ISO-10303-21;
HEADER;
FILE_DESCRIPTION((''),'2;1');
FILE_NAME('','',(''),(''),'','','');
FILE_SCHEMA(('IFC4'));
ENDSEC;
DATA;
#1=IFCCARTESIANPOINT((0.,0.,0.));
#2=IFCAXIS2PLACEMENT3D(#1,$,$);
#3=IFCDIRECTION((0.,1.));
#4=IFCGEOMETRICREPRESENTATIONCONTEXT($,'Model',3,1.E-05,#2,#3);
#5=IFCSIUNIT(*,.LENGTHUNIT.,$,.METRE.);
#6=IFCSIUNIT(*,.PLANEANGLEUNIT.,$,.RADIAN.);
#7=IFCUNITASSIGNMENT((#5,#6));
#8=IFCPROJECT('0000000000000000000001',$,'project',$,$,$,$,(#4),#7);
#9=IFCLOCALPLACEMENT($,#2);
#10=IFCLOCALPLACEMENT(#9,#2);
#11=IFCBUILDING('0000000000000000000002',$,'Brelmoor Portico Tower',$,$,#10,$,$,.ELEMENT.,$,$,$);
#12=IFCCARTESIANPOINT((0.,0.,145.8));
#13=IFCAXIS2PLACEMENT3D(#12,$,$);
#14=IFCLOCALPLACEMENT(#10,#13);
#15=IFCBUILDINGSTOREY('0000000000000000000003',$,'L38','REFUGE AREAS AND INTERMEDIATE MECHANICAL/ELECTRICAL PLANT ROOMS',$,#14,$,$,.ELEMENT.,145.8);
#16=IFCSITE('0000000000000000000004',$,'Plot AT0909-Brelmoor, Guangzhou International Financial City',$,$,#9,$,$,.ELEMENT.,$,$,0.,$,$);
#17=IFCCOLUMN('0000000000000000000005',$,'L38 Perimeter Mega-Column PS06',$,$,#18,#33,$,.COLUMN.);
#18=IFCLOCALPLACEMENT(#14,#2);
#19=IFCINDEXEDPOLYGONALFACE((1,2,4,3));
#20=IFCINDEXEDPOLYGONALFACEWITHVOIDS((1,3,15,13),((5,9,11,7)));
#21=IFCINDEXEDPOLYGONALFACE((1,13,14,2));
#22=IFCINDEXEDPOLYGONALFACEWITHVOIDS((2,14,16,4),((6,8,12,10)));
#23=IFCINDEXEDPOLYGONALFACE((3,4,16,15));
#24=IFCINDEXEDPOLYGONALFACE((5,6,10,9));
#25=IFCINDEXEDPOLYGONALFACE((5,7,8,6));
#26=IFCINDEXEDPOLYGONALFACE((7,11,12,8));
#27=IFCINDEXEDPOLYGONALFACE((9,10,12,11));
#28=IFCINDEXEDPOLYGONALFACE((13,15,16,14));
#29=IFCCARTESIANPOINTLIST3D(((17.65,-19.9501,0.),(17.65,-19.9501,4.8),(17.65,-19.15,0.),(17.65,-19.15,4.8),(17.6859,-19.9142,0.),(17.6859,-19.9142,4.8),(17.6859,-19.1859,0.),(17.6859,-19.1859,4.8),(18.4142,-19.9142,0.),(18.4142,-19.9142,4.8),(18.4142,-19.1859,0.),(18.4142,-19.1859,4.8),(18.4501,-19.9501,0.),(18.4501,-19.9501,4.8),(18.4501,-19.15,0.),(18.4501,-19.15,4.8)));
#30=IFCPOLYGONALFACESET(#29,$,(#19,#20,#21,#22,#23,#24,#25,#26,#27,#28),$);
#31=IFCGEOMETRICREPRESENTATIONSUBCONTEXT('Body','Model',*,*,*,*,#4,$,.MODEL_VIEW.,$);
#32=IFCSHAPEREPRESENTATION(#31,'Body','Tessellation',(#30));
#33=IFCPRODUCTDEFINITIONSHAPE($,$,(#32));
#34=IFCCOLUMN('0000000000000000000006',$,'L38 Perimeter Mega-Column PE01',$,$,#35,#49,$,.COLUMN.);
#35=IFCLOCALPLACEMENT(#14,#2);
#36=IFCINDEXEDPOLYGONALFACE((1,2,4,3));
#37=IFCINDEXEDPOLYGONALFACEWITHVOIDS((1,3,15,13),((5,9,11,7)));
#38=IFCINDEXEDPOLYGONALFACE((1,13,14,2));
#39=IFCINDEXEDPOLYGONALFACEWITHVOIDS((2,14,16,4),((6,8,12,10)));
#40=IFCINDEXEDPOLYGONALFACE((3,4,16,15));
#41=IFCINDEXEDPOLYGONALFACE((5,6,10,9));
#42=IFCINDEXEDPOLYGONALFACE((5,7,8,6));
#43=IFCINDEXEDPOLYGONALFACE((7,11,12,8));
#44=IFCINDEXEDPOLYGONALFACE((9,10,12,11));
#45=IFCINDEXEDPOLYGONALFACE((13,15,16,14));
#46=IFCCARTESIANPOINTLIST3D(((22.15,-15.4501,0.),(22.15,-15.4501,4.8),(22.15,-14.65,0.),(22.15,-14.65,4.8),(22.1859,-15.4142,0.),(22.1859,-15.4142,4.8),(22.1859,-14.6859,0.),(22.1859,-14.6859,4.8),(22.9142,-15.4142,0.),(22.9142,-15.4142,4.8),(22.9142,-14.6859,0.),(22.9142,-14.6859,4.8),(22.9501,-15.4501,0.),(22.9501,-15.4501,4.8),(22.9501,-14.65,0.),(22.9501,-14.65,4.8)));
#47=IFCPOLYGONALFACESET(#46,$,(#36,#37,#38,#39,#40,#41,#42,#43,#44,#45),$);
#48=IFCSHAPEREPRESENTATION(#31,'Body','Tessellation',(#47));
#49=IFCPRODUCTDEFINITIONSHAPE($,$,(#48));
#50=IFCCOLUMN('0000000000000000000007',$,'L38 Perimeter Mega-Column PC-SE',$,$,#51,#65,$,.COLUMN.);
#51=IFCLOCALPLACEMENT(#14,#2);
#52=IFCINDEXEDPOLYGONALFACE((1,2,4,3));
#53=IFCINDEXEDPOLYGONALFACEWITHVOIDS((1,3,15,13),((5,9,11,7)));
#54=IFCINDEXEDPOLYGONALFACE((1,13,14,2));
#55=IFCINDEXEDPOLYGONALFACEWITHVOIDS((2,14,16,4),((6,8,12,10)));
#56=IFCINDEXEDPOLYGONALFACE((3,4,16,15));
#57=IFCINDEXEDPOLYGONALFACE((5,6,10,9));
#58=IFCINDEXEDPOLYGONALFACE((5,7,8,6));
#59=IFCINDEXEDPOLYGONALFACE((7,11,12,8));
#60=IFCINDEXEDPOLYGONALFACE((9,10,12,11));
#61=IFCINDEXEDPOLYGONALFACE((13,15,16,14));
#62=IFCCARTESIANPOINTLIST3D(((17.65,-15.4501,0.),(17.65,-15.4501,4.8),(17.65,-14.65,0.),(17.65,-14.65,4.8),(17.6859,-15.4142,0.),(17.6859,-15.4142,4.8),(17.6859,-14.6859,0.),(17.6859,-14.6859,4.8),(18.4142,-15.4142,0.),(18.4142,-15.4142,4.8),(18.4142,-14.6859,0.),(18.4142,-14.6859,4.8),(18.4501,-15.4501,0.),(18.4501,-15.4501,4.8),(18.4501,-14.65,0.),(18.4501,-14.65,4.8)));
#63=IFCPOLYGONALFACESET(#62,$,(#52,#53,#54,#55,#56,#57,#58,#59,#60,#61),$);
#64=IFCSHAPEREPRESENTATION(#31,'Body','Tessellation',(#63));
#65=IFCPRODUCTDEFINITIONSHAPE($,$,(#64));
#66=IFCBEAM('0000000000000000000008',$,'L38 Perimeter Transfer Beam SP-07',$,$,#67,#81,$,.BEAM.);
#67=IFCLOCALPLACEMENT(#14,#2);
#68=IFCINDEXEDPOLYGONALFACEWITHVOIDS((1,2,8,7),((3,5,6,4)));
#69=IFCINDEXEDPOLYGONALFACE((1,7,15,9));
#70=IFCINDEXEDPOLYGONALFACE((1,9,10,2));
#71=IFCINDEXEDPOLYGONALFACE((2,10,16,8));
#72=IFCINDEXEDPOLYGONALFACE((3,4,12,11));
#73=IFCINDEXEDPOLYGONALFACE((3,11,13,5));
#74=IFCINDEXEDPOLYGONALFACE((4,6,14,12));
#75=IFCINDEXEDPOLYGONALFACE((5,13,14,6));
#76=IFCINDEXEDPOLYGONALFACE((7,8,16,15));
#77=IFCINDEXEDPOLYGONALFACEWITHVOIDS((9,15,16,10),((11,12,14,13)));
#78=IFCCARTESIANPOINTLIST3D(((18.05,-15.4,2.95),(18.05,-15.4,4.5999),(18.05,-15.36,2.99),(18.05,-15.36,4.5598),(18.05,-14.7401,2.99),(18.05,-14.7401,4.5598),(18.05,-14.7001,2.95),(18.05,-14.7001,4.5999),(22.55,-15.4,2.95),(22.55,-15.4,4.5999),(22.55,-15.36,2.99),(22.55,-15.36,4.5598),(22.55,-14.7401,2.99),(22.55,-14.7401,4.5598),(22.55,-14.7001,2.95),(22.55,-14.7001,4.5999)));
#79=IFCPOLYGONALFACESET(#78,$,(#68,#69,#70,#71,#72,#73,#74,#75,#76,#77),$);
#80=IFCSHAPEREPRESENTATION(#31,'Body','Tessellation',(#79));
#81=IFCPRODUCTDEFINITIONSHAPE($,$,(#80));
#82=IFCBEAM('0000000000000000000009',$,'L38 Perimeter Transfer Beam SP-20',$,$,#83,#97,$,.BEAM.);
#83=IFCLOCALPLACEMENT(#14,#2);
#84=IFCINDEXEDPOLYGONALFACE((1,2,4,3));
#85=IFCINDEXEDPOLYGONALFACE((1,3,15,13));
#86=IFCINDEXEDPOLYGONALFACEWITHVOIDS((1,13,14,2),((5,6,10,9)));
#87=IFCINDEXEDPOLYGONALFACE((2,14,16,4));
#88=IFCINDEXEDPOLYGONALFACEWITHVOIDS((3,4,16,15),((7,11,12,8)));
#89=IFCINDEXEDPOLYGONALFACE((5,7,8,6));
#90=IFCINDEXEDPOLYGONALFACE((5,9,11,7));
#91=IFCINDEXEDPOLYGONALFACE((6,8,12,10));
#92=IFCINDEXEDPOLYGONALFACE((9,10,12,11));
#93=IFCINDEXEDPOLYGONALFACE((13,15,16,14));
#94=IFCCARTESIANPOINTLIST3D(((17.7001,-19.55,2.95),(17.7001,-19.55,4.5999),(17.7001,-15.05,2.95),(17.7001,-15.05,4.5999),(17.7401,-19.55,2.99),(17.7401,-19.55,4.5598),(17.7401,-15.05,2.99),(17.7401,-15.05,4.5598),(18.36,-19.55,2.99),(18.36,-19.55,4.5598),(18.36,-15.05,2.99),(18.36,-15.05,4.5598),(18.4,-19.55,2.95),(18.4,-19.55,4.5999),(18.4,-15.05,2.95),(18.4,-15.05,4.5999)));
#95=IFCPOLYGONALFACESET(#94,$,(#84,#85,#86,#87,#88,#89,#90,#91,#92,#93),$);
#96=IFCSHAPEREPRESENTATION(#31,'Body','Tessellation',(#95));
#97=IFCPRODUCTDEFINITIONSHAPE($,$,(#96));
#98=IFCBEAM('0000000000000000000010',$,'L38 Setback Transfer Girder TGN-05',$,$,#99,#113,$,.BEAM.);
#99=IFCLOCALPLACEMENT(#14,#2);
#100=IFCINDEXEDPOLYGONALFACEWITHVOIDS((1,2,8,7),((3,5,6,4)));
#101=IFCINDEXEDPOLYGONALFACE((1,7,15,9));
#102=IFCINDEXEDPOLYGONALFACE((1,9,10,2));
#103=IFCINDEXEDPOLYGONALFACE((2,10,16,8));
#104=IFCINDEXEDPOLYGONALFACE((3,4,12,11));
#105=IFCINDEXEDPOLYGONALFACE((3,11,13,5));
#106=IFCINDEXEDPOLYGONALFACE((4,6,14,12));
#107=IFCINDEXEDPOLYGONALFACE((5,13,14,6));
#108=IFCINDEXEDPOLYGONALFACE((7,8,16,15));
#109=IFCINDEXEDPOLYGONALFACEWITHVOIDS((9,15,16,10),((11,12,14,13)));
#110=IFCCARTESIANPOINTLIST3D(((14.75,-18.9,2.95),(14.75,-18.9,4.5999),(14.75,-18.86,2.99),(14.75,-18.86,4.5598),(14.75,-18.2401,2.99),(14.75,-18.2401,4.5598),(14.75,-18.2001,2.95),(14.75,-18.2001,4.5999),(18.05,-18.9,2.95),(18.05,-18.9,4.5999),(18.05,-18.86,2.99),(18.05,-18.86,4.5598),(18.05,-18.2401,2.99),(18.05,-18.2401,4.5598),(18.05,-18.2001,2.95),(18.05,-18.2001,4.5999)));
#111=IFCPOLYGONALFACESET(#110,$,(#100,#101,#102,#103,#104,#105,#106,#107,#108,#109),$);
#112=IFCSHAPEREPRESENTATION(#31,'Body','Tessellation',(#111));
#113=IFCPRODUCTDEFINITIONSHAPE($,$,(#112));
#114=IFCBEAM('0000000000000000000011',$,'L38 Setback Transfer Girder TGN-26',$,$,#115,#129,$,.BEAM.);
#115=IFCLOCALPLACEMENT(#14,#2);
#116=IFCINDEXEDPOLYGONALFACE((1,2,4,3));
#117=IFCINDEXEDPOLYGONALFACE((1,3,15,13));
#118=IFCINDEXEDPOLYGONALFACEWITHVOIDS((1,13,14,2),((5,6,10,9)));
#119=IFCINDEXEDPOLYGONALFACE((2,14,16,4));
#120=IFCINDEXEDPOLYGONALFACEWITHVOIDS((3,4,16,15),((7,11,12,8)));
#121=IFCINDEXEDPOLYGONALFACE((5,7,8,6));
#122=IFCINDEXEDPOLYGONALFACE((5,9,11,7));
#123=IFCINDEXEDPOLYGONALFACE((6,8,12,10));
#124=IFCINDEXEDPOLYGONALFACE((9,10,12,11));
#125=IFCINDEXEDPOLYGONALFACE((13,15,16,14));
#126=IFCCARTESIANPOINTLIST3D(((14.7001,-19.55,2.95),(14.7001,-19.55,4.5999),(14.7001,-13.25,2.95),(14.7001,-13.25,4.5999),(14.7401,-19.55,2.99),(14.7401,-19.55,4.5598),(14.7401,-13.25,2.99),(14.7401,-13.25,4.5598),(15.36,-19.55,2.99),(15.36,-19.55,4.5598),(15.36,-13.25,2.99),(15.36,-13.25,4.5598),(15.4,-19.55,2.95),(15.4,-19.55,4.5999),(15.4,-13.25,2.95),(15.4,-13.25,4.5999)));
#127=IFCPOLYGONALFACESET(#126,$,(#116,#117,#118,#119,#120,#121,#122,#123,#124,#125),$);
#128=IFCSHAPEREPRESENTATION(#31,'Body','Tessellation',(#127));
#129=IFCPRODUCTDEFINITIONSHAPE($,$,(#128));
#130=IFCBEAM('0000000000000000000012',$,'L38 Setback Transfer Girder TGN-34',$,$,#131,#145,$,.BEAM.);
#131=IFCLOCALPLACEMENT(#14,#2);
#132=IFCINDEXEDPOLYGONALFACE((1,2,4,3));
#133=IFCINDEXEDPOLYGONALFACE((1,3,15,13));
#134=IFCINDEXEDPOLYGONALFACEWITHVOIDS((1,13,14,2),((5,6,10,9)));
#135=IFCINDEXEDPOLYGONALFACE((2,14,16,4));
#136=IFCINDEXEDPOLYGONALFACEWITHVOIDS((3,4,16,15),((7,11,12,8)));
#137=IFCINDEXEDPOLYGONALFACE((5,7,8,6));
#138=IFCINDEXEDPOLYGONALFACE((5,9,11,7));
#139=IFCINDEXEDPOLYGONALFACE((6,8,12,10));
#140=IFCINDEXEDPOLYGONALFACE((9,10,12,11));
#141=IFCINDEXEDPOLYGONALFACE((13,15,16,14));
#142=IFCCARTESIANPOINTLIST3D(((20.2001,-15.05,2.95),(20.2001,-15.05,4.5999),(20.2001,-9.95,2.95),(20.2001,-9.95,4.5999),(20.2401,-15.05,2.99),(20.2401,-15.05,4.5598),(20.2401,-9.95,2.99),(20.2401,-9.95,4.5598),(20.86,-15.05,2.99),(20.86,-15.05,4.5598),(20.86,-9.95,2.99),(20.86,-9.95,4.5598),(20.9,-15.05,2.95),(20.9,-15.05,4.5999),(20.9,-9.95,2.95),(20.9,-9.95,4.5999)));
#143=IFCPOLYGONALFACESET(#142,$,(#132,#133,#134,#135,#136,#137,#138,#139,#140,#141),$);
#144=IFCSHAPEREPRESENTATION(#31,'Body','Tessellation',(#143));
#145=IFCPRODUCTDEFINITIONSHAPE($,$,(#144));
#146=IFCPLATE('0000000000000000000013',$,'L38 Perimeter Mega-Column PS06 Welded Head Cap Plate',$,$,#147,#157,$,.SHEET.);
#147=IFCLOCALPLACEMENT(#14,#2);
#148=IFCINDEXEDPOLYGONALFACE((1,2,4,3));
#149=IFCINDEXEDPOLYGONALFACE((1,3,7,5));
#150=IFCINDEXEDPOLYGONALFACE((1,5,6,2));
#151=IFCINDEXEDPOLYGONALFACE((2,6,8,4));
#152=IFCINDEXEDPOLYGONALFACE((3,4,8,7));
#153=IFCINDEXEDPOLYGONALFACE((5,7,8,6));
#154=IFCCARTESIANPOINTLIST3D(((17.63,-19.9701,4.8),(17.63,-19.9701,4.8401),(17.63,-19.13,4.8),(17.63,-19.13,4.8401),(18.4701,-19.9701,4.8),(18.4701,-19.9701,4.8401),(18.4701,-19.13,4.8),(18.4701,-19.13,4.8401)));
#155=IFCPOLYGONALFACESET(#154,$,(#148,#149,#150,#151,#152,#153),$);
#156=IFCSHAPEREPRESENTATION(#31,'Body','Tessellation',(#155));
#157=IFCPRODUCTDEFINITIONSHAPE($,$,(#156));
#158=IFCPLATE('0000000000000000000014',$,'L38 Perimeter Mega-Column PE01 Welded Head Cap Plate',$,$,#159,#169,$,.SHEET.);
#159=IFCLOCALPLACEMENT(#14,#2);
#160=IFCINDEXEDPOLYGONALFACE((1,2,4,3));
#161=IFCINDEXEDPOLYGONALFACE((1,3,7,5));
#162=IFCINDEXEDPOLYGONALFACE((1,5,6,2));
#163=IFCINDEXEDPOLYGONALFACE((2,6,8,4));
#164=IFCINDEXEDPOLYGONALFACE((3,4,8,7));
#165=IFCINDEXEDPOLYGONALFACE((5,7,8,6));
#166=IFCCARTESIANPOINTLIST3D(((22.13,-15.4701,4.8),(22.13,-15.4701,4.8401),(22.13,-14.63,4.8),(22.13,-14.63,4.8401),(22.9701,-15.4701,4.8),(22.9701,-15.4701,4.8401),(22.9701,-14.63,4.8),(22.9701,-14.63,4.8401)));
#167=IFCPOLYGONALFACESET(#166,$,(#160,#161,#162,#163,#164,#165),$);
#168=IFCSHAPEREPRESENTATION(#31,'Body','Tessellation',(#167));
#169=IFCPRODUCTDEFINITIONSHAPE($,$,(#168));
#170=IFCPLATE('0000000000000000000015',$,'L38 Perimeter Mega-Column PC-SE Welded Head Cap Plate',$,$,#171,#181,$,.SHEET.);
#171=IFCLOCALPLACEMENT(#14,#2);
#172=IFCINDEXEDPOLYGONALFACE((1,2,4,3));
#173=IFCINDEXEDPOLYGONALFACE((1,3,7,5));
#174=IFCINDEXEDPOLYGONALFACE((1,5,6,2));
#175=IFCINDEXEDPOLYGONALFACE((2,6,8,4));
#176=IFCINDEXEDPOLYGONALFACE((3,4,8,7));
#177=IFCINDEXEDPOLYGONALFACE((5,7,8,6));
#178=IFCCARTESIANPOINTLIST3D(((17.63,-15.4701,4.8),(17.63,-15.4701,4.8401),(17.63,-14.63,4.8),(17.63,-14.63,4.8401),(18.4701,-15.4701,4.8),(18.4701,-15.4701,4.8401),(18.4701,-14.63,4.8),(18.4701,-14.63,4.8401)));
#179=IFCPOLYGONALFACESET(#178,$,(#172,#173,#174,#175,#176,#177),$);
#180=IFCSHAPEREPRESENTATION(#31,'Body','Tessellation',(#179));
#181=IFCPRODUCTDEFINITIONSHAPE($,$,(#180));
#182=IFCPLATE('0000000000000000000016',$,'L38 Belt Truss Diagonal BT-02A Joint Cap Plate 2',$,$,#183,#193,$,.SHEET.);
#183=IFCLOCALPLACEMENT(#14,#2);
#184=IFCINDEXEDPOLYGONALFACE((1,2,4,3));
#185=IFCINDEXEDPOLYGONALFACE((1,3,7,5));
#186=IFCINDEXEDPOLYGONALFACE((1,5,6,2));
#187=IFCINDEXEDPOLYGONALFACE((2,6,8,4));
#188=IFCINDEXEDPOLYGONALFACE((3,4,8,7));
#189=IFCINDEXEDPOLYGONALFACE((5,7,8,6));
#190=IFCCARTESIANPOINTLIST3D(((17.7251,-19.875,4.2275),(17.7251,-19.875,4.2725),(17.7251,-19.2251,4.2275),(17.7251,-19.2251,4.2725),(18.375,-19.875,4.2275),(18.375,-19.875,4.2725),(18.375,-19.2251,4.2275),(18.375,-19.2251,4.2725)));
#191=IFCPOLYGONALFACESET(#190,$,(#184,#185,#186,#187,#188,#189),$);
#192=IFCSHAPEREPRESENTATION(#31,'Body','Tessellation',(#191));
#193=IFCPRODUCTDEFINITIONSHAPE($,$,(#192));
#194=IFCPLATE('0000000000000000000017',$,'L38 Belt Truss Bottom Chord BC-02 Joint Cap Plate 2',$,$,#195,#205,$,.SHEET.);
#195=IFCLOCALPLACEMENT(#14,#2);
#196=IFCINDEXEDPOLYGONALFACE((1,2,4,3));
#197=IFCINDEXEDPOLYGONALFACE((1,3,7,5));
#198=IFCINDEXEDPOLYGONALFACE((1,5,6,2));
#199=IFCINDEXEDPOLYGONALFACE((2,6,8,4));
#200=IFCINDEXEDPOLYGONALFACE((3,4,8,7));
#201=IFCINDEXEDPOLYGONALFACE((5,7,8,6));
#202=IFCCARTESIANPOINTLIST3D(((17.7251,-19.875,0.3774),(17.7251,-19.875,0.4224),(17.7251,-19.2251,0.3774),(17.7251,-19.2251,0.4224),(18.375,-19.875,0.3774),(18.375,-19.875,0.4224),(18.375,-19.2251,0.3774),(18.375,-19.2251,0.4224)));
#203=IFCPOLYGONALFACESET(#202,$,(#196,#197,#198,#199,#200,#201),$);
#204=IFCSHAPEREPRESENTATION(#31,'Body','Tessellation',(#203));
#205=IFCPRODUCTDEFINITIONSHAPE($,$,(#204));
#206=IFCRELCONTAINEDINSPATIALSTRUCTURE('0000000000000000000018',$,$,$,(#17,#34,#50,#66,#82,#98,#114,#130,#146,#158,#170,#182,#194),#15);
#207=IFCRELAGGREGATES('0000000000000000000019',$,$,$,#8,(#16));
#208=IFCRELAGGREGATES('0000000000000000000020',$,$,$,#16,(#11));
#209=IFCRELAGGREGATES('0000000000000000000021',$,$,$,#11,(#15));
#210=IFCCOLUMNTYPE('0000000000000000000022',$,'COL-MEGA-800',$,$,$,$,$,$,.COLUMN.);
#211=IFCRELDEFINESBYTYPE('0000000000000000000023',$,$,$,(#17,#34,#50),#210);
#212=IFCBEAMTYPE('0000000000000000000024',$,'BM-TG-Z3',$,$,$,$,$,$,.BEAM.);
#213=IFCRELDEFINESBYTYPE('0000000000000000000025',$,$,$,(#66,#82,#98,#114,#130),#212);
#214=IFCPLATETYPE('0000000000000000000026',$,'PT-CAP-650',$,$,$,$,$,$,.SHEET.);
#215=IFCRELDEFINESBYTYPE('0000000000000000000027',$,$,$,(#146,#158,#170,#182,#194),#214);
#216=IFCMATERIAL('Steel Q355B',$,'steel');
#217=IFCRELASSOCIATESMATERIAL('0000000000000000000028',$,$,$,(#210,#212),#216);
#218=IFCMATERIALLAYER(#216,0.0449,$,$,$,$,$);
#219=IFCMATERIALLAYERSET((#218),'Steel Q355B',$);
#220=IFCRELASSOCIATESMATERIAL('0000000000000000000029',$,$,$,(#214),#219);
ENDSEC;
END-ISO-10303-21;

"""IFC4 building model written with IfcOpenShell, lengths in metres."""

from ifc_helpers import new_model, si_unit, direction, frame, origin, origin_2d, place, context, subcontext, project, spatial, rectangle, hollow_rectangle, extrude, material, layer, layer_set, material_profile, profile_set, type_object, element, save


model = new_model("IFC4")

# Units and contexts
model_context = context("Model", 3, precision=1e-05, world=origin(), true_north=direction((0.0, 1.0)))
body_context = subcontext(model_context, "Body", "Model", "MODEL_VIEW")
ifc_project = project(units=[si_unit("LENGTHUNIT", "METRE"), si_unit("PLANEANGLEUNIT", "RADIAN")], contexts=[model_context])

# Site, building, storey
site_placement = place(None, origin())
site = spatial("IfcSite", under=ifc_project, at=site_placement, Name="Plot AT0909-Brelmoor, Guangzhou International Financial City", CompositionType="ELEMENT", RefElevation=0.0)
building_placement = place(site_placement, origin())
building = spatial("IfcBuilding", under=site, at=building_placement, Name="Brelmoor Portico Tower", CompositionType="ELEMENT")
storey_placement = place(building_placement, frame((0.0, 0.0, 145.8)))
storey = spatial("IfcBuildingStorey", under=building, at=storey_placement, Name="L38", Description="REFUGE AREAS AND INTERMEDIATE MECHANICAL/ELECTRICAL PLANT ROOMS", CompositionType="ELEMENT", Elevation=145.8)

# Columns
ifc_material_1 = material(Name="Steel Q355B", Category="steel")
ifc_material_profile_1 = material_profile(ifc_material_1, hollow_rectangle(XDim=0.8, YDim=0.8, WallThickness=0.0359, at=origin_2d()), Name="BOX 800x800x36")
ifc_profile_set_1 = profile_set([ifc_material_profile_1], Name="Steel Q355B")
column_type = type_object("IfcColumnType", Name="COL-MEGA-800", PredefinedType="COLUMN", material=ifc_profile_set_1)
for number, where, z_axis, x_axis, name in (
    (1, (18.05, -19.55, 0.0), (0.0, 0.0, 1.0), (1.0, 0.0, 0.0), "L38 Perimeter Mega-Column PS06"),
    (2, (22.55, -15.05, 0.0), (0.0, 0.0, 1.0), (0.0, 1.0, 0.0), "L38 Perimeter Mega-Column PE01"),
    (3, (18.05, -15.05, 0.0), (0.0, 0.0, 1.0), (1.0, 0.0, 0.0), "L38 Perimeter Mega-Column PC-SE"),
):
    element("IfcColumn", number, at=place(storey_placement, frame(where, z_axis=z_axis, x_axis=x_axis)), inside=storey, type_object=column_type, Name=name, PredefinedType="COLUMN", context=body_context, shape_type="SweptSolid", body=[
        extrude(hollow_rectangle(XDim=0.8, YDim=0.8, WallThickness=0.0359, at=origin_2d()), origin(), (0.0, 0.0, 1.0), 4.8),
    ])

# Beams
ifc_material_profile_2 = material_profile(ifc_material_1, hollow_rectangle(XDim=0.7, YDim=1.6499, WallThickness=0.04, at=origin_2d()), Name="BOX 700x1650x40")
ifc_profile_set_2 = profile_set([ifc_material_profile_2], Name="Steel Q355B")
beam_type = type_object("IfcBeamType", Name="BM-TG-Z3", PredefinedType="BEAM", material=ifc_profile_set_2)
for number, where, z_axis, x_axis, name in (
    (4, (18.05, -15.05, 3.7749), (1.0, 0.0, 0.0), (0.0, 1.0, 0.0), "L38 Perimeter Transfer Beam SP-07"),
    (5, (18.05, -19.55, 3.7749), (0.0, 1.0, 0.0), (-1.0, 0.0, 0.0), "L38 Perimeter Transfer Beam SP-20"),
):
    element("IfcBeam", number, at=place(storey_placement, frame(where, z_axis=z_axis, x_axis=x_axis)), inside=storey, type_object=beam_type, Name=name, PredefinedType="BEAM", context=body_context, shape_type="SweptSolid", body=[
        extrude(hollow_rectangle(XDim=0.7, YDim=1.6499, WallThickness=0.04, at=origin_2d()), origin(), (0.0, 0.0, 1.0), 4.5),
    ])
beam_1_placement = place(storey_placement, frame((14.75, -18.55, 3.7749), z_axis=(1.0, 0.0, 0.0), x_axis=(0.0, 1.0, 0.0)))
element("IfcBeam", 6, at=beam_1_placement, inside=storey, type_object=beam_type, Name="L38 Setback Transfer Girder TGN-05", PredefinedType="BEAM", context=body_context, shape_type="SweptSolid", body=[
    extrude(hollow_rectangle(XDim=0.7, YDim=1.6499, WallThickness=0.04, at=origin_2d()), origin(), (0.0, 0.0, 1.0), 3.3),
])
beam_2_placement = place(storey_placement, frame((15.05, -19.55, 3.7749), z_axis=(0.0, 1.0, 0.0), x_axis=(-1.0, 0.0, 0.0)))
element("IfcBeam", 7, at=beam_2_placement, inside=storey, type_object=beam_type, Name="L38 Setback Transfer Girder TGN-26", PredefinedType="BEAM", context=body_context, shape_type="SweptSolid", body=[
    extrude(hollow_rectangle(XDim=0.7, YDim=1.6499, WallThickness=0.04, at=origin_2d()), origin(), (0.0, 0.0, 1.0), 6.3),
])
beam_3_placement = place(storey_placement, frame((20.55, -15.05, 3.7749), z_axis=(0.0, 1.0, 0.0), x_axis=(-1.0, 0.0, 0.0)))
element("IfcBeam", 8, at=beam_3_placement, inside=storey, type_object=beam_type, Name="L38 Setback Transfer Girder TGN-34", PredefinedType="BEAM", context=body_context, shape_type="SweptSolid", body=[
    extrude(hollow_rectangle(XDim=0.7, YDim=1.6499, WallThickness=0.04, at=origin_2d()), origin(), (0.0, 0.0, 1.0), 5.1001),
])

# Plates
ifc_layer_1 = layer(ifc_material_1, 0.0449)
ifc_layer_set_1 = layer_set([ifc_layer_1], Name="Steel Q355B")
plate_type_1 = type_object("IfcPlateType", Name="PT-CAP-650", PredefinedType="SHEET", material=ifc_layer_set_1)
for number, where, z_axis, x_axis, name in (
    (9, (18.05, -19.55, 4.8), (0.0, 0.0, 1.0), (1.0, 0.0, 0.0), "L38 Perimeter Mega-Column PS06 Welded Head Cap Plate"),
    (10, (22.55, -15.05, 4.8), (0.0, 0.0, 1.0), (0.0, 1.0, 0.0), "L38 Perimeter Mega-Column PE01 Welded Head Cap Plate"),
    (11, (18.05, -15.05, 4.8), (0.0, 0.0, 1.0), (1.0, 0.0, 0.0), "L38 Perimeter Mega-Column PC-SE Welded Head Cap Plate"),
):
    element("IfcPlate", number, at=place(storey_placement, frame(where, z_axis=z_axis, x_axis=x_axis)), inside=storey, type_object=plate_type_1, Name=name, PredefinedType="SHEET", context=body_context, shape_type="SweptSolid", body=[
        extrude(rectangle(XDim=0.8401, YDim=0.8401, at=origin_2d()), origin(), (0.0, 0.0, 1.0), 0.04),
    ])
for number, where, z_axis, x_axis, name in (
    (12, (18.05, -19.55, 4.2275), (0.0, 0.0, 1.0), (1.0, 0.0, 0.0), "L38 Belt Truss Diagonal BT-02A Joint Cap Plate 2"),
    (13, (18.05, -19.55, 0.3774), (0.0, 0.0, 1.0), (1.0, 0.0, 0.0), "L38 Belt Truss Bottom Chord BC-02 Joint Cap Plate 2"),
):
    element("IfcPlate", number, at=place(storey_placement, frame(where, z_axis=z_axis, x_axis=x_axis)), inside=storey, type_object=plate_type_1, Name=name, PredefinedType="SHEET", context=body_context, shape_type="SweptSolid", body=[
        extrude(rectangle(XDim=0.6499, YDim=0.6499, at=origin_2d()), origin(), (0.0, 0.0, 1.0), 0.0449),
    ])

save(model, "model.ifc")
